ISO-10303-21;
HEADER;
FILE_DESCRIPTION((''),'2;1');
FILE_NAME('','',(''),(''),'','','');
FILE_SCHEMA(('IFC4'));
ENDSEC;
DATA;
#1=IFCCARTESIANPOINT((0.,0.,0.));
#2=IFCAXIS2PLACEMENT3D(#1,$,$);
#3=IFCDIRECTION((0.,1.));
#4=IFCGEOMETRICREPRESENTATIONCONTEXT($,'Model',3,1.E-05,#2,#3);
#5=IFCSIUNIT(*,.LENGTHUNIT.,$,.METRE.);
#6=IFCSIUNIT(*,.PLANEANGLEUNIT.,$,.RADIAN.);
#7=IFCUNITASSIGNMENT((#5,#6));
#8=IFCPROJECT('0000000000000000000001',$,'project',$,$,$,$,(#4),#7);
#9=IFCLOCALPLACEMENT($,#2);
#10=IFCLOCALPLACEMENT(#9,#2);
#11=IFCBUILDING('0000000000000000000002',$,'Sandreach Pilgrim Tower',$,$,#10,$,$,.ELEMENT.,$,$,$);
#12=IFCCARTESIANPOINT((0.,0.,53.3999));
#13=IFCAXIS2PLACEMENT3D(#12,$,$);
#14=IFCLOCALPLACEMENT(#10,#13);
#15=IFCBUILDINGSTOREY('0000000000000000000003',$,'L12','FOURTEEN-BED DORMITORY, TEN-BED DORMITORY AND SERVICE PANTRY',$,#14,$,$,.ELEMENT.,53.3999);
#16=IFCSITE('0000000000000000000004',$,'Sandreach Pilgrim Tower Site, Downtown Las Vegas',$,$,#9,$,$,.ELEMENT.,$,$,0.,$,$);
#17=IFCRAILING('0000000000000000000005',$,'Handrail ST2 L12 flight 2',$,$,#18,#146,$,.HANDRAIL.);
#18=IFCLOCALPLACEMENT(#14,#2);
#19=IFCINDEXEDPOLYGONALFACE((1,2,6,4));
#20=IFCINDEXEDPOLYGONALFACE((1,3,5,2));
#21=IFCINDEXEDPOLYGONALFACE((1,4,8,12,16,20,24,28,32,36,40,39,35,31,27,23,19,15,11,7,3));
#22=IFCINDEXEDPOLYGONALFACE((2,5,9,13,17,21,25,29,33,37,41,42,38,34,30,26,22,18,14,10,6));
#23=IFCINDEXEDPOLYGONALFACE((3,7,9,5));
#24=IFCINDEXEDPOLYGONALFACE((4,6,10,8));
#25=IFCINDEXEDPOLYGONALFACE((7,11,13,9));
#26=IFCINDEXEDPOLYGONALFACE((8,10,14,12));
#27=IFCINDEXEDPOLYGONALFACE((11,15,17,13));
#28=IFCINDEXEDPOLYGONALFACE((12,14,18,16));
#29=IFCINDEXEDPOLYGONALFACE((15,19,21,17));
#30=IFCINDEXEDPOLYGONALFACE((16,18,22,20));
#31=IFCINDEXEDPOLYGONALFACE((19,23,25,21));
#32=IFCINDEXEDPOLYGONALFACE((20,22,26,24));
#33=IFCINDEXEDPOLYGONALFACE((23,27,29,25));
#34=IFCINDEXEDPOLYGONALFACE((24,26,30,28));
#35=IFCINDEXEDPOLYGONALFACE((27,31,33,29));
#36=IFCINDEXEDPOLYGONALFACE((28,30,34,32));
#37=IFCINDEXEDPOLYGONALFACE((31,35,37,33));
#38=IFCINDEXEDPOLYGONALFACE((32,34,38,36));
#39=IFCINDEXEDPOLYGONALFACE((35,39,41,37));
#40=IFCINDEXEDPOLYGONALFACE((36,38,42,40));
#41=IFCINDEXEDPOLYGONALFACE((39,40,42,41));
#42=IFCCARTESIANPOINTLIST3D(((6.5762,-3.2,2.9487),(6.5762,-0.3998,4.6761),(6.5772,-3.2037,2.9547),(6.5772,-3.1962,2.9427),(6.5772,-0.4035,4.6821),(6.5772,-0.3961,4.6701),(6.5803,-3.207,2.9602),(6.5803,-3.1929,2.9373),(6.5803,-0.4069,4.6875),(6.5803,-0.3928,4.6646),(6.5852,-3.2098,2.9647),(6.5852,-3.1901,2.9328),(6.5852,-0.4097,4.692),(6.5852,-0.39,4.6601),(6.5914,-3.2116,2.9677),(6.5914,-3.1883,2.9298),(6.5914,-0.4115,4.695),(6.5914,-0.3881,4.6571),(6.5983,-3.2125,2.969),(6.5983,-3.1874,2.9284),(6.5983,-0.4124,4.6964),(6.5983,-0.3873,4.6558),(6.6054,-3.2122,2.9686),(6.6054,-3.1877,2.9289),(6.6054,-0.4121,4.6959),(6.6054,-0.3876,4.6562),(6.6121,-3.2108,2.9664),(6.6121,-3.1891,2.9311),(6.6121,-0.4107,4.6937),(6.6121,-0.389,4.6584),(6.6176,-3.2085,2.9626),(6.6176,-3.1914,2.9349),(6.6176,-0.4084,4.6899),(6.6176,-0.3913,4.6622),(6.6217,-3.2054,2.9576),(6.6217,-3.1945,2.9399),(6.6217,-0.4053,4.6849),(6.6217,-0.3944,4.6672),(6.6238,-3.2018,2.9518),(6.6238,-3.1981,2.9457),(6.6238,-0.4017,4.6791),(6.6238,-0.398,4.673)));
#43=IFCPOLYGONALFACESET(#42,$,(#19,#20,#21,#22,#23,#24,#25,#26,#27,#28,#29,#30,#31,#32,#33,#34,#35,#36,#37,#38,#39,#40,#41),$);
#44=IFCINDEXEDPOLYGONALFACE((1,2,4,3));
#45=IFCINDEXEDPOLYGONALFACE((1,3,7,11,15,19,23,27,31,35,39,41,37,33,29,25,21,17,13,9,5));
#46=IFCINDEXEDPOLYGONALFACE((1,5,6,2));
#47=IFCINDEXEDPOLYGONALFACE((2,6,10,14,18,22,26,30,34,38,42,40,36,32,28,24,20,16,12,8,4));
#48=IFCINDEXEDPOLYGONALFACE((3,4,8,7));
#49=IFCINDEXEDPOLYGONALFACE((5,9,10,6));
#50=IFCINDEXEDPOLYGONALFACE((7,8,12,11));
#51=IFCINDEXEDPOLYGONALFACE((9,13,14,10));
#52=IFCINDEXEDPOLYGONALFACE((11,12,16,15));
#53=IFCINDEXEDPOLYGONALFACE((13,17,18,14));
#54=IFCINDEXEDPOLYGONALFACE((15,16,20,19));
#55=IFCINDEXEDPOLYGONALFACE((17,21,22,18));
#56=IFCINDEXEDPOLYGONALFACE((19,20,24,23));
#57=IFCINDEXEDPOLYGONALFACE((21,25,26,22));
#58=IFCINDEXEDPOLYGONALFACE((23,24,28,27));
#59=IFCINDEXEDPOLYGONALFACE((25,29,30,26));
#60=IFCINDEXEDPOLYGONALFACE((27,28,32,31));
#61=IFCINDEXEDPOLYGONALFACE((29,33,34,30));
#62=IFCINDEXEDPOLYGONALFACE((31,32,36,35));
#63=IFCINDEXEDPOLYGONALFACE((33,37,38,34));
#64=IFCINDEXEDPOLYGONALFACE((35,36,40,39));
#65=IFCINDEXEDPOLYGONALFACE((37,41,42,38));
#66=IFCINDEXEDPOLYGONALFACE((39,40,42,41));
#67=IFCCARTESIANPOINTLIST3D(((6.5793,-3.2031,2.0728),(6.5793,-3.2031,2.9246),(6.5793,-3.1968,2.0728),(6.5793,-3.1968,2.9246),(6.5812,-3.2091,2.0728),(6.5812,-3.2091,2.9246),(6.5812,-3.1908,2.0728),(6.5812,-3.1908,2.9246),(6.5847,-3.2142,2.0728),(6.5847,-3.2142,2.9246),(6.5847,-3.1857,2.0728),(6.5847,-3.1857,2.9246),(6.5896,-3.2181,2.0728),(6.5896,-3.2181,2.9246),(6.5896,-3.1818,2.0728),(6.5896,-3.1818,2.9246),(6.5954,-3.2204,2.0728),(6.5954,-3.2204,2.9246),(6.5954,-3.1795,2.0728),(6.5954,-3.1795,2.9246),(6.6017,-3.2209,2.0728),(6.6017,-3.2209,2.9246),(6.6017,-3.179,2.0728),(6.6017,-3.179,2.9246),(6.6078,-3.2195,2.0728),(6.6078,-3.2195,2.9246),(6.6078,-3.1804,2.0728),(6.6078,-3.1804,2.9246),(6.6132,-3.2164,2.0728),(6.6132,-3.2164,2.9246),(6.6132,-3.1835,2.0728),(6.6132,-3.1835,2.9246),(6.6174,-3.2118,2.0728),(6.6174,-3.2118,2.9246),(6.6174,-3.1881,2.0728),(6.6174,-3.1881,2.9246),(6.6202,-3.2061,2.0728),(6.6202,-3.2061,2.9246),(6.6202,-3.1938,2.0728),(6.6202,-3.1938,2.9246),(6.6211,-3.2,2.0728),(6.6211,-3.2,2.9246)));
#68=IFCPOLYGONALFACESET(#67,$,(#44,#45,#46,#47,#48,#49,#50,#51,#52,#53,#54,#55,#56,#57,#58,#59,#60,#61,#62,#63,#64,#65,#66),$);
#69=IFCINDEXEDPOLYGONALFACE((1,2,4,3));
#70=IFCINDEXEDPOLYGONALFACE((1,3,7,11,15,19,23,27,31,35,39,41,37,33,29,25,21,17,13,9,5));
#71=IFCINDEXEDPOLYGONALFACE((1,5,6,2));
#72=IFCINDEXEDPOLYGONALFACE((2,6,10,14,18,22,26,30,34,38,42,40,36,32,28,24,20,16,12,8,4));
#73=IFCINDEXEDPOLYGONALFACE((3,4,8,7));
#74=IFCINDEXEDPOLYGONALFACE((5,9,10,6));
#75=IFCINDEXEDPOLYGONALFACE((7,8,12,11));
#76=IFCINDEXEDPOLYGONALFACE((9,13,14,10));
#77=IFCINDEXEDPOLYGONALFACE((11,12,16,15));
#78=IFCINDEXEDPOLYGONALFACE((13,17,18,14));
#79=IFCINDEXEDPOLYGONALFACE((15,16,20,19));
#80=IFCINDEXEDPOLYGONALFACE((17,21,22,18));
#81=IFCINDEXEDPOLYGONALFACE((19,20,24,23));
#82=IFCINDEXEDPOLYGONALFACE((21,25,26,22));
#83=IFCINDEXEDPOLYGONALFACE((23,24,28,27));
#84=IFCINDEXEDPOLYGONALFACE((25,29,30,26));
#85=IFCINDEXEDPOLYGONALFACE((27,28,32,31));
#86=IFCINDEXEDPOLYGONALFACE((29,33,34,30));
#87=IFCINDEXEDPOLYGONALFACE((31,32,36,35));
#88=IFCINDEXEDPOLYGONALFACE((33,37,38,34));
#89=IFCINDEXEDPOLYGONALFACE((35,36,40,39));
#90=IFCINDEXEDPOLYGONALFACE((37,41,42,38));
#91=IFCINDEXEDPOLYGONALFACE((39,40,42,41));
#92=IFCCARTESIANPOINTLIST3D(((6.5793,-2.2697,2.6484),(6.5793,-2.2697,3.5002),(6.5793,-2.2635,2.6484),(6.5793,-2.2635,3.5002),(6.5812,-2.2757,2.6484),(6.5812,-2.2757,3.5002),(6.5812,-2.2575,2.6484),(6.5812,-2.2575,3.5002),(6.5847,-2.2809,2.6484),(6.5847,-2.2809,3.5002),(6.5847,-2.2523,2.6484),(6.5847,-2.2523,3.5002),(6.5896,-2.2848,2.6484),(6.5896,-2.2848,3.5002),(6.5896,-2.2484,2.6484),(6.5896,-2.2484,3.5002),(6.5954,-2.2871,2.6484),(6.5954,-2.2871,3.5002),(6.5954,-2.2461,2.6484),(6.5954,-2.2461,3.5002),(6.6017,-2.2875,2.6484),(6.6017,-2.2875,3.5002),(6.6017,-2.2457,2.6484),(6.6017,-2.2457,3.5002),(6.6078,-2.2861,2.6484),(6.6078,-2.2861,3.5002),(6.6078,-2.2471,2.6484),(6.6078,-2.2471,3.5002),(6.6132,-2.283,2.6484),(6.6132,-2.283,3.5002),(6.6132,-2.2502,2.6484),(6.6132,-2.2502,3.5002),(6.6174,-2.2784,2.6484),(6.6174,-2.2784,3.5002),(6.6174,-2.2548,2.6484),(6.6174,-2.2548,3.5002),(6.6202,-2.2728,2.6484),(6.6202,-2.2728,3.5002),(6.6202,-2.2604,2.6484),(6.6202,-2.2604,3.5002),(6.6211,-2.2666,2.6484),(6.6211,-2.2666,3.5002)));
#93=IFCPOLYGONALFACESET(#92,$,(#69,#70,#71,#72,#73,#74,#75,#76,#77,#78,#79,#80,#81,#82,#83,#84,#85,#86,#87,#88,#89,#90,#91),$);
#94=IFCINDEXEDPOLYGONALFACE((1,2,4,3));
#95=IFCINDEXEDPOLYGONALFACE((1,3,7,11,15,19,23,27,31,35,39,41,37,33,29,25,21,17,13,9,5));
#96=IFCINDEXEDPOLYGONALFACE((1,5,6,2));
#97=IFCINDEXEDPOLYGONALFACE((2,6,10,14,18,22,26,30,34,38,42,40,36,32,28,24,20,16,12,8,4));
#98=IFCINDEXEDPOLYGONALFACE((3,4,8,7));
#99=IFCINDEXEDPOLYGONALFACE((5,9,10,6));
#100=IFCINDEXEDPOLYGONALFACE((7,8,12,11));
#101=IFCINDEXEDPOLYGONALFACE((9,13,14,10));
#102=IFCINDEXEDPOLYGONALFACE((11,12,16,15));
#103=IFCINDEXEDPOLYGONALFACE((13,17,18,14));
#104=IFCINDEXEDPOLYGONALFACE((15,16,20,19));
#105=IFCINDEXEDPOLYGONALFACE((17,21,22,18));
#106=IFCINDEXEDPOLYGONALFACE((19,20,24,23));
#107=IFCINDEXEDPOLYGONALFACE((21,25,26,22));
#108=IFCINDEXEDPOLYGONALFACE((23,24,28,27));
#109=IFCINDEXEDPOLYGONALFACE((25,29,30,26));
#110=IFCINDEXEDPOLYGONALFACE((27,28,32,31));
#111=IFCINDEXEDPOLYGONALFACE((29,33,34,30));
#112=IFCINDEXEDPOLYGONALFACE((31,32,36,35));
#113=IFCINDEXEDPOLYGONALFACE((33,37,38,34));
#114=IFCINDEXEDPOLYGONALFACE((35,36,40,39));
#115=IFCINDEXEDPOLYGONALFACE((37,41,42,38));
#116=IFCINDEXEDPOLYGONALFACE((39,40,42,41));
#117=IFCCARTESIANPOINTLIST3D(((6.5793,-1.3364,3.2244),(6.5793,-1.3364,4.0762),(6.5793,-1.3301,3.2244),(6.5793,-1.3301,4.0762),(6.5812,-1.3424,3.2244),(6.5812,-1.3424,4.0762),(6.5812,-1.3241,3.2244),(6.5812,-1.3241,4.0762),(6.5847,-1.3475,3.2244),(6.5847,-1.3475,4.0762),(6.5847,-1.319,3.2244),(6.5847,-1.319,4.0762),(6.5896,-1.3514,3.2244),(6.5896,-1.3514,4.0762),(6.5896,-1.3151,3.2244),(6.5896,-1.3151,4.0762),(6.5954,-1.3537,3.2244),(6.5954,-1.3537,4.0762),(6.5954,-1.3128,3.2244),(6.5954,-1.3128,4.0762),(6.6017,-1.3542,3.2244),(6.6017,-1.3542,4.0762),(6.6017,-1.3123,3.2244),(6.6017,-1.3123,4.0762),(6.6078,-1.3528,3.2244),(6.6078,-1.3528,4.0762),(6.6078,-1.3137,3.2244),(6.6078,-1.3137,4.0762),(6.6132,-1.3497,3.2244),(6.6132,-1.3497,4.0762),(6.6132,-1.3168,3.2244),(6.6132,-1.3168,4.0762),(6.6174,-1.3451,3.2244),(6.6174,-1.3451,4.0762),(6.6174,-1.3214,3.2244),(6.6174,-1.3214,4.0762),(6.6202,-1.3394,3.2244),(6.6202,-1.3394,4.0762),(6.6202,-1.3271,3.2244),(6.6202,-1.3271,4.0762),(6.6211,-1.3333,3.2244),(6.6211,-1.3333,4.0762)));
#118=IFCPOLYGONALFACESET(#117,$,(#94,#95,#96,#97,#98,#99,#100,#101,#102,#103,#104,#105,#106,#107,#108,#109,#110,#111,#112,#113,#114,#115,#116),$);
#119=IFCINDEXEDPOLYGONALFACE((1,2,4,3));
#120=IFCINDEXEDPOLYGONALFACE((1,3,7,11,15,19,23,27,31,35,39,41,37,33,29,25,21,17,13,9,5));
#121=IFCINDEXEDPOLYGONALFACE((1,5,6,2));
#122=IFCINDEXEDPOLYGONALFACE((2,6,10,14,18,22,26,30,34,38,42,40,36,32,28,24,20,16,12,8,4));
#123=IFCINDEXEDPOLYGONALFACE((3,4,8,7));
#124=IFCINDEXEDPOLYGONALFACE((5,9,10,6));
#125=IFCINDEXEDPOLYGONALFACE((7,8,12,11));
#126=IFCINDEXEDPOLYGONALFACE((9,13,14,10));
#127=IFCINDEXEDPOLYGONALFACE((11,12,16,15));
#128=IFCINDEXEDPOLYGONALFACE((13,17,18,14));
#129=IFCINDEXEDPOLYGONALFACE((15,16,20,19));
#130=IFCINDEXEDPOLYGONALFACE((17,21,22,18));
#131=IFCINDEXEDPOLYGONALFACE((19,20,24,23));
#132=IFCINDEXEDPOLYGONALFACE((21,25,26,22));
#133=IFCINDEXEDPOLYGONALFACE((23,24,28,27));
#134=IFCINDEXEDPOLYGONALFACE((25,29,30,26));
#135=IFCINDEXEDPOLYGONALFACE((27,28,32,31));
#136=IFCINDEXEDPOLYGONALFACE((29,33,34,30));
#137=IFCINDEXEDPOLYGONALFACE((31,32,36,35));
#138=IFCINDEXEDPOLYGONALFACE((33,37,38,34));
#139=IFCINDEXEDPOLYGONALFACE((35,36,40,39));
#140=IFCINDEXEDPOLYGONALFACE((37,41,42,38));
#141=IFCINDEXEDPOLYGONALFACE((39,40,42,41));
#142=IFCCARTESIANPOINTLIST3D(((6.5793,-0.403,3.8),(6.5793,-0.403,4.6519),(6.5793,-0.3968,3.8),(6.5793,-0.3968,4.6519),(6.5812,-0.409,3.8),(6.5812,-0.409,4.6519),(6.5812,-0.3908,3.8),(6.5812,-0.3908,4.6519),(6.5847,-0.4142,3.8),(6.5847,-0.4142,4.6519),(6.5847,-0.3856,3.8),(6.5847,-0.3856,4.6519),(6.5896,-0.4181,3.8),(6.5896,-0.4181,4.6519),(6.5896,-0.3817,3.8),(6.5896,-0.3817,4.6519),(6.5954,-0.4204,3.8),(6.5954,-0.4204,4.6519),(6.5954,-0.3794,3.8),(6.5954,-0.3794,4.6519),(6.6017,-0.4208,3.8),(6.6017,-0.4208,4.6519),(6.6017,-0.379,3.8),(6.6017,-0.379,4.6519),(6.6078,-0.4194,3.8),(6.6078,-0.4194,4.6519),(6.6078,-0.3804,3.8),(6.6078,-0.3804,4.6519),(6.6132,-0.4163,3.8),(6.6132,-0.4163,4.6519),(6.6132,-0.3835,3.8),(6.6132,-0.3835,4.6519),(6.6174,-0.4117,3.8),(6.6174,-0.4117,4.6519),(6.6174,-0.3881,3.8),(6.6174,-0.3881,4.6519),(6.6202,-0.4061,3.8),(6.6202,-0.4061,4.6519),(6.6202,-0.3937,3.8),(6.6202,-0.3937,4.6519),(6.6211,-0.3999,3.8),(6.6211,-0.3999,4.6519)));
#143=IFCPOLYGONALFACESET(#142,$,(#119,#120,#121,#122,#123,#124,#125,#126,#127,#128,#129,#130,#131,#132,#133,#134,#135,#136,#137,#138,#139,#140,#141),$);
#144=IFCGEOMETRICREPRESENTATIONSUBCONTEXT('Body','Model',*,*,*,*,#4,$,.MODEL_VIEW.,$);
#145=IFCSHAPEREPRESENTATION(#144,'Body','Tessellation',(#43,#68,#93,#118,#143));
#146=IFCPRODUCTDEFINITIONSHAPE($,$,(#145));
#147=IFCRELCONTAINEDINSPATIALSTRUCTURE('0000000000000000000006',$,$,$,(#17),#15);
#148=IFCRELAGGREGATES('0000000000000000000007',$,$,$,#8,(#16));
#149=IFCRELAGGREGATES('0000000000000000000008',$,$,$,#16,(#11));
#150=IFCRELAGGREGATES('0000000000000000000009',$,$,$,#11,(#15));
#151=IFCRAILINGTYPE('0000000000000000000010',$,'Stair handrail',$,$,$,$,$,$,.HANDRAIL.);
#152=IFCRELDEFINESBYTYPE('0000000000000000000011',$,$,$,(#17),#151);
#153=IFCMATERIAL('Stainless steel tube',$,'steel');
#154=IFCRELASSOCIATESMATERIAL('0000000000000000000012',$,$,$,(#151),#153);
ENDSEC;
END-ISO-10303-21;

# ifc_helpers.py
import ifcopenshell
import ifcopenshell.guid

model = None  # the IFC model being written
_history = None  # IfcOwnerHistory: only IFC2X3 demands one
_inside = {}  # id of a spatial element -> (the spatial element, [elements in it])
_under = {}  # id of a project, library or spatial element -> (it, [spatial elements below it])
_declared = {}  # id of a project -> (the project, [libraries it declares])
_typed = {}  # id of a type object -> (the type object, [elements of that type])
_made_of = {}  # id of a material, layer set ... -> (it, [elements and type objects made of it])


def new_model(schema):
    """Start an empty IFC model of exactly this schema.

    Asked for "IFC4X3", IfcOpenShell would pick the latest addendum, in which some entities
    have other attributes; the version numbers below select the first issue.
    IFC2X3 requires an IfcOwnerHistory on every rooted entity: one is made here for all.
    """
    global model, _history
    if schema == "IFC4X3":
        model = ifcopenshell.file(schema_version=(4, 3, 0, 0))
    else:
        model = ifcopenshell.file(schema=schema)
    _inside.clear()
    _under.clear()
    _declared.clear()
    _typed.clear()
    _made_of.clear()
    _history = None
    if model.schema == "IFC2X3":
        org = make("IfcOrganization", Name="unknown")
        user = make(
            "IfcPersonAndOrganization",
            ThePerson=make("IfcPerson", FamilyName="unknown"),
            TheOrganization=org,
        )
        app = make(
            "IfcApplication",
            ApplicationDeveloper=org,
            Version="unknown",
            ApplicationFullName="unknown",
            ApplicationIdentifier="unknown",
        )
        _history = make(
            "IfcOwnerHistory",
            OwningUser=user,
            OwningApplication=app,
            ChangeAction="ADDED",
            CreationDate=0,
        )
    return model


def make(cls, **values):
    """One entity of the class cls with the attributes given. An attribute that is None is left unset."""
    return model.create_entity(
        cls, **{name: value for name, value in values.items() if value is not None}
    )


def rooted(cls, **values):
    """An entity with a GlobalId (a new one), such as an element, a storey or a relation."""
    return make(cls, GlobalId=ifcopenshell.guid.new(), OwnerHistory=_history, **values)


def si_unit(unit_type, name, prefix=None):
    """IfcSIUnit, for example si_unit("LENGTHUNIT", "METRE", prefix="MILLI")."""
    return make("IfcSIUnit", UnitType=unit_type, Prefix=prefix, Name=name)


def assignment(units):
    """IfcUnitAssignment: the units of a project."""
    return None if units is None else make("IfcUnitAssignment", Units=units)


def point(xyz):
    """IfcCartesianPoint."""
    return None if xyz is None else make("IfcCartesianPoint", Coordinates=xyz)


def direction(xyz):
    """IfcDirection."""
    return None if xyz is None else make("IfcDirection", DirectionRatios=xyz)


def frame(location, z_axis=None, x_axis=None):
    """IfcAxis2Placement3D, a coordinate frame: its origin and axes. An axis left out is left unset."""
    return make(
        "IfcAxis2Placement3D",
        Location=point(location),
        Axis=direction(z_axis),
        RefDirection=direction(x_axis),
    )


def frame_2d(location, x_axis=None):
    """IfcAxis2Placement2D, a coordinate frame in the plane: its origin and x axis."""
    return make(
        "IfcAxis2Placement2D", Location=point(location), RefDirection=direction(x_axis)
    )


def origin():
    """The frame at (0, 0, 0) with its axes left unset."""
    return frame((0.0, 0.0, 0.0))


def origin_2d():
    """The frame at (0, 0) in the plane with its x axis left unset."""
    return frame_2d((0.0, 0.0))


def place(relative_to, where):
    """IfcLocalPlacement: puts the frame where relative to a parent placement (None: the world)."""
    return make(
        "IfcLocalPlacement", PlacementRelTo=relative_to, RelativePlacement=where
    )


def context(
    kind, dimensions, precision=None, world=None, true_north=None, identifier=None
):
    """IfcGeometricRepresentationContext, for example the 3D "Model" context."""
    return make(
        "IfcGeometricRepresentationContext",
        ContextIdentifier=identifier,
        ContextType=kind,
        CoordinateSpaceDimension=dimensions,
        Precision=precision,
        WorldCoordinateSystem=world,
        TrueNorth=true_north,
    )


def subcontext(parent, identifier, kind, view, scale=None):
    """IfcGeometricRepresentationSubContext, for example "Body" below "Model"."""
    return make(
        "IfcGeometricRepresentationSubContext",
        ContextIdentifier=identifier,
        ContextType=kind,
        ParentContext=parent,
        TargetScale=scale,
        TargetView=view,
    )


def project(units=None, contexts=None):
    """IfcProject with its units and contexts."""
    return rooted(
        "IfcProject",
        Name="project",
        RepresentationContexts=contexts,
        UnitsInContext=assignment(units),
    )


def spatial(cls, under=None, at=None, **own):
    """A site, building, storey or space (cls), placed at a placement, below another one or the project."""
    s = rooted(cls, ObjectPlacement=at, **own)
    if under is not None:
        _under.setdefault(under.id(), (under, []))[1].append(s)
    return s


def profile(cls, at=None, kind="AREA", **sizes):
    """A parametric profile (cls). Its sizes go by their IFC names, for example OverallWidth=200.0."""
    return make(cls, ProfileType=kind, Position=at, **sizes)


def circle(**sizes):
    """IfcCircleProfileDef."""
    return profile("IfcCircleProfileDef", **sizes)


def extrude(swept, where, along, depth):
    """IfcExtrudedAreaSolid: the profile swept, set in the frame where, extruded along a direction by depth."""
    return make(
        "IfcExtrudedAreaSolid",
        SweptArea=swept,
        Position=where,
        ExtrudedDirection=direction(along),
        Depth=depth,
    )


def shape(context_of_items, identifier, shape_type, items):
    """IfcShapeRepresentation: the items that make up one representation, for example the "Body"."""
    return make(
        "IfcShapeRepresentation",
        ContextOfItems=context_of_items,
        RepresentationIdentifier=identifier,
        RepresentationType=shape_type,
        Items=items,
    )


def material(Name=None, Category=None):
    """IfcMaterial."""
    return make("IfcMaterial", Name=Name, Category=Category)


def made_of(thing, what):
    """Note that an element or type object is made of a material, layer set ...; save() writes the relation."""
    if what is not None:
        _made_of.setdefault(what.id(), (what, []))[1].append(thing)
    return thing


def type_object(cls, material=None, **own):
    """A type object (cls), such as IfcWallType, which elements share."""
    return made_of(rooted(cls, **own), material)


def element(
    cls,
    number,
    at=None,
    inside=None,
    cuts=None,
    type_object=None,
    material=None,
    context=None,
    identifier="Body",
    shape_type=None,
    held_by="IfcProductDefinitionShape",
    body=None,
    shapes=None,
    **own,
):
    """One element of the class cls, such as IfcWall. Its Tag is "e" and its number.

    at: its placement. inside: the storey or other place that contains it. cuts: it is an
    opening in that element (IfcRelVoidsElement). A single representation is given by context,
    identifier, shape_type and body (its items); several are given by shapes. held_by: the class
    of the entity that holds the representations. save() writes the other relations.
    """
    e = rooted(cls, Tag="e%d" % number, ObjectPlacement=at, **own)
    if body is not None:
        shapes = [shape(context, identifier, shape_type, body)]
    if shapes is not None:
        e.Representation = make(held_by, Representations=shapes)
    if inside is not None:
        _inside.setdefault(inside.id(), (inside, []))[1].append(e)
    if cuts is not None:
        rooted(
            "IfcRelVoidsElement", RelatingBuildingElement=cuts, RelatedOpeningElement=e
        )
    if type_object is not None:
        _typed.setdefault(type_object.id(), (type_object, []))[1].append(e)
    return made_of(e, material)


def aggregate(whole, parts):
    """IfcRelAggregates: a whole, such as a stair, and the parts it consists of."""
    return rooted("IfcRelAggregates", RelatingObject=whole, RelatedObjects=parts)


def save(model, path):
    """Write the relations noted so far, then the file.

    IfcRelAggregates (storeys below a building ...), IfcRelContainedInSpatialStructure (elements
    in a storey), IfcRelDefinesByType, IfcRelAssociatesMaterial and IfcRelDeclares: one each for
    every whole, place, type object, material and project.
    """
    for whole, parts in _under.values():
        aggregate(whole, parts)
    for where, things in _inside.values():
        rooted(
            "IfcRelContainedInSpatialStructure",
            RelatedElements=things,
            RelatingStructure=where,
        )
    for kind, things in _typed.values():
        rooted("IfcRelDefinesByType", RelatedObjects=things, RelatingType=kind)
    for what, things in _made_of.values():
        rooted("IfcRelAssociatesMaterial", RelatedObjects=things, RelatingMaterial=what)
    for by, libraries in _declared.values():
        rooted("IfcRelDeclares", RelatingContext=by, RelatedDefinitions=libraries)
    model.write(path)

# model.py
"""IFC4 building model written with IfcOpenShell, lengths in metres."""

from ifc_helpers import new_model, si_unit, direction, frame, origin, origin_2d, place, context, subcontext, project, spatial, circle, extrude, material, type_object, element, save


model = new_model("IFC4")

# Units and contexts
model_context = context("Model", 3, precision=1e-05, world=origin(), true_north=direction((0.0, 1.0)))
body_context = subcontext(model_context, "Body", "Model", "MODEL_VIEW")
ifc_project = project(units=[si_unit("LENGTHUNIT", "METRE"), si_unit("PLANEANGLEUNIT", "RADIAN")], contexts=[model_context])

# Site, building, storey
site_placement = place(None, origin())
site = spatial("IfcSite", under=ifc_project, at=site_placement, Name="Sandreach Pilgrim Tower Site, Downtown Las Vegas", CompositionType="ELEMENT", RefElevation=0.0)
building_placement = place(site_placement, origin())
building = spatial("IfcBuilding", under=site, at=building_placement, Name="Sandreach Pilgrim Tower", CompositionType="ELEMENT")
storey_placement = place(building_placement, frame((0.0, 0.0, 53.3999)))
storey = spatial("IfcBuildingStorey", under=building, at=storey_placement, Name="L12", Description="FOURTEEN-BED DORMITORY, TEN-BED DORMITORY AND SERVICE PANTRY", CompositionType="ELEMENT", Elevation=53.3999)

# Railing
ifc_material_1 = material(Name="Stainless steel tube", Category="steel")
railing_type = type_object("IfcRailingType", Name="Stair handrail", PredefinedType="HANDRAIL", material=ifc_material_1)
for number, where, name in (
    (1, (6.6001, -3.2, 2.0728), "Handrail ST2 L12 flight 2"),
):
    element("IfcRailing", number, at=place(storey_placement, frame(where)), inside=storey, type_object=railing_type, Name=name, PredefinedType="HANDRAIL", context=body_context, shape_type="SweptSolid", body=[
        extrude(circle(Radius=0.0239, at=origin_2d()), frame((0.0, 0.0, 0.876), z_axis=(0.0, 0.85109, 0.52502), x_axis=(-1.0, 0.0, 0.0)), (0.0, 0.0, 1.0), 3.29),
        extrude(circle(Radius=0.021, at=origin_2d()), origin(), (0.0, 0.0, 1.0), 0.8518),
        extrude(circle(Radius=0.021, at=origin_2d()), frame((0.0, 0.9333, 0.5757)), (0.0, 0.0, 1.0), 0.8518),
        extrude(circle(Radius=0.021, at=origin_2d()), frame((0.0, 1.8667, 1.1516)), (0.0, 0.0, 1.0), 0.8518),
        extrude(circle(Radius=0.021, at=origin_2d()), frame((0.0, 2.8, 1.7273)), (0.0, 0.0, 1.0), 0.8518),
    ])

save(model, "model.ifc")
